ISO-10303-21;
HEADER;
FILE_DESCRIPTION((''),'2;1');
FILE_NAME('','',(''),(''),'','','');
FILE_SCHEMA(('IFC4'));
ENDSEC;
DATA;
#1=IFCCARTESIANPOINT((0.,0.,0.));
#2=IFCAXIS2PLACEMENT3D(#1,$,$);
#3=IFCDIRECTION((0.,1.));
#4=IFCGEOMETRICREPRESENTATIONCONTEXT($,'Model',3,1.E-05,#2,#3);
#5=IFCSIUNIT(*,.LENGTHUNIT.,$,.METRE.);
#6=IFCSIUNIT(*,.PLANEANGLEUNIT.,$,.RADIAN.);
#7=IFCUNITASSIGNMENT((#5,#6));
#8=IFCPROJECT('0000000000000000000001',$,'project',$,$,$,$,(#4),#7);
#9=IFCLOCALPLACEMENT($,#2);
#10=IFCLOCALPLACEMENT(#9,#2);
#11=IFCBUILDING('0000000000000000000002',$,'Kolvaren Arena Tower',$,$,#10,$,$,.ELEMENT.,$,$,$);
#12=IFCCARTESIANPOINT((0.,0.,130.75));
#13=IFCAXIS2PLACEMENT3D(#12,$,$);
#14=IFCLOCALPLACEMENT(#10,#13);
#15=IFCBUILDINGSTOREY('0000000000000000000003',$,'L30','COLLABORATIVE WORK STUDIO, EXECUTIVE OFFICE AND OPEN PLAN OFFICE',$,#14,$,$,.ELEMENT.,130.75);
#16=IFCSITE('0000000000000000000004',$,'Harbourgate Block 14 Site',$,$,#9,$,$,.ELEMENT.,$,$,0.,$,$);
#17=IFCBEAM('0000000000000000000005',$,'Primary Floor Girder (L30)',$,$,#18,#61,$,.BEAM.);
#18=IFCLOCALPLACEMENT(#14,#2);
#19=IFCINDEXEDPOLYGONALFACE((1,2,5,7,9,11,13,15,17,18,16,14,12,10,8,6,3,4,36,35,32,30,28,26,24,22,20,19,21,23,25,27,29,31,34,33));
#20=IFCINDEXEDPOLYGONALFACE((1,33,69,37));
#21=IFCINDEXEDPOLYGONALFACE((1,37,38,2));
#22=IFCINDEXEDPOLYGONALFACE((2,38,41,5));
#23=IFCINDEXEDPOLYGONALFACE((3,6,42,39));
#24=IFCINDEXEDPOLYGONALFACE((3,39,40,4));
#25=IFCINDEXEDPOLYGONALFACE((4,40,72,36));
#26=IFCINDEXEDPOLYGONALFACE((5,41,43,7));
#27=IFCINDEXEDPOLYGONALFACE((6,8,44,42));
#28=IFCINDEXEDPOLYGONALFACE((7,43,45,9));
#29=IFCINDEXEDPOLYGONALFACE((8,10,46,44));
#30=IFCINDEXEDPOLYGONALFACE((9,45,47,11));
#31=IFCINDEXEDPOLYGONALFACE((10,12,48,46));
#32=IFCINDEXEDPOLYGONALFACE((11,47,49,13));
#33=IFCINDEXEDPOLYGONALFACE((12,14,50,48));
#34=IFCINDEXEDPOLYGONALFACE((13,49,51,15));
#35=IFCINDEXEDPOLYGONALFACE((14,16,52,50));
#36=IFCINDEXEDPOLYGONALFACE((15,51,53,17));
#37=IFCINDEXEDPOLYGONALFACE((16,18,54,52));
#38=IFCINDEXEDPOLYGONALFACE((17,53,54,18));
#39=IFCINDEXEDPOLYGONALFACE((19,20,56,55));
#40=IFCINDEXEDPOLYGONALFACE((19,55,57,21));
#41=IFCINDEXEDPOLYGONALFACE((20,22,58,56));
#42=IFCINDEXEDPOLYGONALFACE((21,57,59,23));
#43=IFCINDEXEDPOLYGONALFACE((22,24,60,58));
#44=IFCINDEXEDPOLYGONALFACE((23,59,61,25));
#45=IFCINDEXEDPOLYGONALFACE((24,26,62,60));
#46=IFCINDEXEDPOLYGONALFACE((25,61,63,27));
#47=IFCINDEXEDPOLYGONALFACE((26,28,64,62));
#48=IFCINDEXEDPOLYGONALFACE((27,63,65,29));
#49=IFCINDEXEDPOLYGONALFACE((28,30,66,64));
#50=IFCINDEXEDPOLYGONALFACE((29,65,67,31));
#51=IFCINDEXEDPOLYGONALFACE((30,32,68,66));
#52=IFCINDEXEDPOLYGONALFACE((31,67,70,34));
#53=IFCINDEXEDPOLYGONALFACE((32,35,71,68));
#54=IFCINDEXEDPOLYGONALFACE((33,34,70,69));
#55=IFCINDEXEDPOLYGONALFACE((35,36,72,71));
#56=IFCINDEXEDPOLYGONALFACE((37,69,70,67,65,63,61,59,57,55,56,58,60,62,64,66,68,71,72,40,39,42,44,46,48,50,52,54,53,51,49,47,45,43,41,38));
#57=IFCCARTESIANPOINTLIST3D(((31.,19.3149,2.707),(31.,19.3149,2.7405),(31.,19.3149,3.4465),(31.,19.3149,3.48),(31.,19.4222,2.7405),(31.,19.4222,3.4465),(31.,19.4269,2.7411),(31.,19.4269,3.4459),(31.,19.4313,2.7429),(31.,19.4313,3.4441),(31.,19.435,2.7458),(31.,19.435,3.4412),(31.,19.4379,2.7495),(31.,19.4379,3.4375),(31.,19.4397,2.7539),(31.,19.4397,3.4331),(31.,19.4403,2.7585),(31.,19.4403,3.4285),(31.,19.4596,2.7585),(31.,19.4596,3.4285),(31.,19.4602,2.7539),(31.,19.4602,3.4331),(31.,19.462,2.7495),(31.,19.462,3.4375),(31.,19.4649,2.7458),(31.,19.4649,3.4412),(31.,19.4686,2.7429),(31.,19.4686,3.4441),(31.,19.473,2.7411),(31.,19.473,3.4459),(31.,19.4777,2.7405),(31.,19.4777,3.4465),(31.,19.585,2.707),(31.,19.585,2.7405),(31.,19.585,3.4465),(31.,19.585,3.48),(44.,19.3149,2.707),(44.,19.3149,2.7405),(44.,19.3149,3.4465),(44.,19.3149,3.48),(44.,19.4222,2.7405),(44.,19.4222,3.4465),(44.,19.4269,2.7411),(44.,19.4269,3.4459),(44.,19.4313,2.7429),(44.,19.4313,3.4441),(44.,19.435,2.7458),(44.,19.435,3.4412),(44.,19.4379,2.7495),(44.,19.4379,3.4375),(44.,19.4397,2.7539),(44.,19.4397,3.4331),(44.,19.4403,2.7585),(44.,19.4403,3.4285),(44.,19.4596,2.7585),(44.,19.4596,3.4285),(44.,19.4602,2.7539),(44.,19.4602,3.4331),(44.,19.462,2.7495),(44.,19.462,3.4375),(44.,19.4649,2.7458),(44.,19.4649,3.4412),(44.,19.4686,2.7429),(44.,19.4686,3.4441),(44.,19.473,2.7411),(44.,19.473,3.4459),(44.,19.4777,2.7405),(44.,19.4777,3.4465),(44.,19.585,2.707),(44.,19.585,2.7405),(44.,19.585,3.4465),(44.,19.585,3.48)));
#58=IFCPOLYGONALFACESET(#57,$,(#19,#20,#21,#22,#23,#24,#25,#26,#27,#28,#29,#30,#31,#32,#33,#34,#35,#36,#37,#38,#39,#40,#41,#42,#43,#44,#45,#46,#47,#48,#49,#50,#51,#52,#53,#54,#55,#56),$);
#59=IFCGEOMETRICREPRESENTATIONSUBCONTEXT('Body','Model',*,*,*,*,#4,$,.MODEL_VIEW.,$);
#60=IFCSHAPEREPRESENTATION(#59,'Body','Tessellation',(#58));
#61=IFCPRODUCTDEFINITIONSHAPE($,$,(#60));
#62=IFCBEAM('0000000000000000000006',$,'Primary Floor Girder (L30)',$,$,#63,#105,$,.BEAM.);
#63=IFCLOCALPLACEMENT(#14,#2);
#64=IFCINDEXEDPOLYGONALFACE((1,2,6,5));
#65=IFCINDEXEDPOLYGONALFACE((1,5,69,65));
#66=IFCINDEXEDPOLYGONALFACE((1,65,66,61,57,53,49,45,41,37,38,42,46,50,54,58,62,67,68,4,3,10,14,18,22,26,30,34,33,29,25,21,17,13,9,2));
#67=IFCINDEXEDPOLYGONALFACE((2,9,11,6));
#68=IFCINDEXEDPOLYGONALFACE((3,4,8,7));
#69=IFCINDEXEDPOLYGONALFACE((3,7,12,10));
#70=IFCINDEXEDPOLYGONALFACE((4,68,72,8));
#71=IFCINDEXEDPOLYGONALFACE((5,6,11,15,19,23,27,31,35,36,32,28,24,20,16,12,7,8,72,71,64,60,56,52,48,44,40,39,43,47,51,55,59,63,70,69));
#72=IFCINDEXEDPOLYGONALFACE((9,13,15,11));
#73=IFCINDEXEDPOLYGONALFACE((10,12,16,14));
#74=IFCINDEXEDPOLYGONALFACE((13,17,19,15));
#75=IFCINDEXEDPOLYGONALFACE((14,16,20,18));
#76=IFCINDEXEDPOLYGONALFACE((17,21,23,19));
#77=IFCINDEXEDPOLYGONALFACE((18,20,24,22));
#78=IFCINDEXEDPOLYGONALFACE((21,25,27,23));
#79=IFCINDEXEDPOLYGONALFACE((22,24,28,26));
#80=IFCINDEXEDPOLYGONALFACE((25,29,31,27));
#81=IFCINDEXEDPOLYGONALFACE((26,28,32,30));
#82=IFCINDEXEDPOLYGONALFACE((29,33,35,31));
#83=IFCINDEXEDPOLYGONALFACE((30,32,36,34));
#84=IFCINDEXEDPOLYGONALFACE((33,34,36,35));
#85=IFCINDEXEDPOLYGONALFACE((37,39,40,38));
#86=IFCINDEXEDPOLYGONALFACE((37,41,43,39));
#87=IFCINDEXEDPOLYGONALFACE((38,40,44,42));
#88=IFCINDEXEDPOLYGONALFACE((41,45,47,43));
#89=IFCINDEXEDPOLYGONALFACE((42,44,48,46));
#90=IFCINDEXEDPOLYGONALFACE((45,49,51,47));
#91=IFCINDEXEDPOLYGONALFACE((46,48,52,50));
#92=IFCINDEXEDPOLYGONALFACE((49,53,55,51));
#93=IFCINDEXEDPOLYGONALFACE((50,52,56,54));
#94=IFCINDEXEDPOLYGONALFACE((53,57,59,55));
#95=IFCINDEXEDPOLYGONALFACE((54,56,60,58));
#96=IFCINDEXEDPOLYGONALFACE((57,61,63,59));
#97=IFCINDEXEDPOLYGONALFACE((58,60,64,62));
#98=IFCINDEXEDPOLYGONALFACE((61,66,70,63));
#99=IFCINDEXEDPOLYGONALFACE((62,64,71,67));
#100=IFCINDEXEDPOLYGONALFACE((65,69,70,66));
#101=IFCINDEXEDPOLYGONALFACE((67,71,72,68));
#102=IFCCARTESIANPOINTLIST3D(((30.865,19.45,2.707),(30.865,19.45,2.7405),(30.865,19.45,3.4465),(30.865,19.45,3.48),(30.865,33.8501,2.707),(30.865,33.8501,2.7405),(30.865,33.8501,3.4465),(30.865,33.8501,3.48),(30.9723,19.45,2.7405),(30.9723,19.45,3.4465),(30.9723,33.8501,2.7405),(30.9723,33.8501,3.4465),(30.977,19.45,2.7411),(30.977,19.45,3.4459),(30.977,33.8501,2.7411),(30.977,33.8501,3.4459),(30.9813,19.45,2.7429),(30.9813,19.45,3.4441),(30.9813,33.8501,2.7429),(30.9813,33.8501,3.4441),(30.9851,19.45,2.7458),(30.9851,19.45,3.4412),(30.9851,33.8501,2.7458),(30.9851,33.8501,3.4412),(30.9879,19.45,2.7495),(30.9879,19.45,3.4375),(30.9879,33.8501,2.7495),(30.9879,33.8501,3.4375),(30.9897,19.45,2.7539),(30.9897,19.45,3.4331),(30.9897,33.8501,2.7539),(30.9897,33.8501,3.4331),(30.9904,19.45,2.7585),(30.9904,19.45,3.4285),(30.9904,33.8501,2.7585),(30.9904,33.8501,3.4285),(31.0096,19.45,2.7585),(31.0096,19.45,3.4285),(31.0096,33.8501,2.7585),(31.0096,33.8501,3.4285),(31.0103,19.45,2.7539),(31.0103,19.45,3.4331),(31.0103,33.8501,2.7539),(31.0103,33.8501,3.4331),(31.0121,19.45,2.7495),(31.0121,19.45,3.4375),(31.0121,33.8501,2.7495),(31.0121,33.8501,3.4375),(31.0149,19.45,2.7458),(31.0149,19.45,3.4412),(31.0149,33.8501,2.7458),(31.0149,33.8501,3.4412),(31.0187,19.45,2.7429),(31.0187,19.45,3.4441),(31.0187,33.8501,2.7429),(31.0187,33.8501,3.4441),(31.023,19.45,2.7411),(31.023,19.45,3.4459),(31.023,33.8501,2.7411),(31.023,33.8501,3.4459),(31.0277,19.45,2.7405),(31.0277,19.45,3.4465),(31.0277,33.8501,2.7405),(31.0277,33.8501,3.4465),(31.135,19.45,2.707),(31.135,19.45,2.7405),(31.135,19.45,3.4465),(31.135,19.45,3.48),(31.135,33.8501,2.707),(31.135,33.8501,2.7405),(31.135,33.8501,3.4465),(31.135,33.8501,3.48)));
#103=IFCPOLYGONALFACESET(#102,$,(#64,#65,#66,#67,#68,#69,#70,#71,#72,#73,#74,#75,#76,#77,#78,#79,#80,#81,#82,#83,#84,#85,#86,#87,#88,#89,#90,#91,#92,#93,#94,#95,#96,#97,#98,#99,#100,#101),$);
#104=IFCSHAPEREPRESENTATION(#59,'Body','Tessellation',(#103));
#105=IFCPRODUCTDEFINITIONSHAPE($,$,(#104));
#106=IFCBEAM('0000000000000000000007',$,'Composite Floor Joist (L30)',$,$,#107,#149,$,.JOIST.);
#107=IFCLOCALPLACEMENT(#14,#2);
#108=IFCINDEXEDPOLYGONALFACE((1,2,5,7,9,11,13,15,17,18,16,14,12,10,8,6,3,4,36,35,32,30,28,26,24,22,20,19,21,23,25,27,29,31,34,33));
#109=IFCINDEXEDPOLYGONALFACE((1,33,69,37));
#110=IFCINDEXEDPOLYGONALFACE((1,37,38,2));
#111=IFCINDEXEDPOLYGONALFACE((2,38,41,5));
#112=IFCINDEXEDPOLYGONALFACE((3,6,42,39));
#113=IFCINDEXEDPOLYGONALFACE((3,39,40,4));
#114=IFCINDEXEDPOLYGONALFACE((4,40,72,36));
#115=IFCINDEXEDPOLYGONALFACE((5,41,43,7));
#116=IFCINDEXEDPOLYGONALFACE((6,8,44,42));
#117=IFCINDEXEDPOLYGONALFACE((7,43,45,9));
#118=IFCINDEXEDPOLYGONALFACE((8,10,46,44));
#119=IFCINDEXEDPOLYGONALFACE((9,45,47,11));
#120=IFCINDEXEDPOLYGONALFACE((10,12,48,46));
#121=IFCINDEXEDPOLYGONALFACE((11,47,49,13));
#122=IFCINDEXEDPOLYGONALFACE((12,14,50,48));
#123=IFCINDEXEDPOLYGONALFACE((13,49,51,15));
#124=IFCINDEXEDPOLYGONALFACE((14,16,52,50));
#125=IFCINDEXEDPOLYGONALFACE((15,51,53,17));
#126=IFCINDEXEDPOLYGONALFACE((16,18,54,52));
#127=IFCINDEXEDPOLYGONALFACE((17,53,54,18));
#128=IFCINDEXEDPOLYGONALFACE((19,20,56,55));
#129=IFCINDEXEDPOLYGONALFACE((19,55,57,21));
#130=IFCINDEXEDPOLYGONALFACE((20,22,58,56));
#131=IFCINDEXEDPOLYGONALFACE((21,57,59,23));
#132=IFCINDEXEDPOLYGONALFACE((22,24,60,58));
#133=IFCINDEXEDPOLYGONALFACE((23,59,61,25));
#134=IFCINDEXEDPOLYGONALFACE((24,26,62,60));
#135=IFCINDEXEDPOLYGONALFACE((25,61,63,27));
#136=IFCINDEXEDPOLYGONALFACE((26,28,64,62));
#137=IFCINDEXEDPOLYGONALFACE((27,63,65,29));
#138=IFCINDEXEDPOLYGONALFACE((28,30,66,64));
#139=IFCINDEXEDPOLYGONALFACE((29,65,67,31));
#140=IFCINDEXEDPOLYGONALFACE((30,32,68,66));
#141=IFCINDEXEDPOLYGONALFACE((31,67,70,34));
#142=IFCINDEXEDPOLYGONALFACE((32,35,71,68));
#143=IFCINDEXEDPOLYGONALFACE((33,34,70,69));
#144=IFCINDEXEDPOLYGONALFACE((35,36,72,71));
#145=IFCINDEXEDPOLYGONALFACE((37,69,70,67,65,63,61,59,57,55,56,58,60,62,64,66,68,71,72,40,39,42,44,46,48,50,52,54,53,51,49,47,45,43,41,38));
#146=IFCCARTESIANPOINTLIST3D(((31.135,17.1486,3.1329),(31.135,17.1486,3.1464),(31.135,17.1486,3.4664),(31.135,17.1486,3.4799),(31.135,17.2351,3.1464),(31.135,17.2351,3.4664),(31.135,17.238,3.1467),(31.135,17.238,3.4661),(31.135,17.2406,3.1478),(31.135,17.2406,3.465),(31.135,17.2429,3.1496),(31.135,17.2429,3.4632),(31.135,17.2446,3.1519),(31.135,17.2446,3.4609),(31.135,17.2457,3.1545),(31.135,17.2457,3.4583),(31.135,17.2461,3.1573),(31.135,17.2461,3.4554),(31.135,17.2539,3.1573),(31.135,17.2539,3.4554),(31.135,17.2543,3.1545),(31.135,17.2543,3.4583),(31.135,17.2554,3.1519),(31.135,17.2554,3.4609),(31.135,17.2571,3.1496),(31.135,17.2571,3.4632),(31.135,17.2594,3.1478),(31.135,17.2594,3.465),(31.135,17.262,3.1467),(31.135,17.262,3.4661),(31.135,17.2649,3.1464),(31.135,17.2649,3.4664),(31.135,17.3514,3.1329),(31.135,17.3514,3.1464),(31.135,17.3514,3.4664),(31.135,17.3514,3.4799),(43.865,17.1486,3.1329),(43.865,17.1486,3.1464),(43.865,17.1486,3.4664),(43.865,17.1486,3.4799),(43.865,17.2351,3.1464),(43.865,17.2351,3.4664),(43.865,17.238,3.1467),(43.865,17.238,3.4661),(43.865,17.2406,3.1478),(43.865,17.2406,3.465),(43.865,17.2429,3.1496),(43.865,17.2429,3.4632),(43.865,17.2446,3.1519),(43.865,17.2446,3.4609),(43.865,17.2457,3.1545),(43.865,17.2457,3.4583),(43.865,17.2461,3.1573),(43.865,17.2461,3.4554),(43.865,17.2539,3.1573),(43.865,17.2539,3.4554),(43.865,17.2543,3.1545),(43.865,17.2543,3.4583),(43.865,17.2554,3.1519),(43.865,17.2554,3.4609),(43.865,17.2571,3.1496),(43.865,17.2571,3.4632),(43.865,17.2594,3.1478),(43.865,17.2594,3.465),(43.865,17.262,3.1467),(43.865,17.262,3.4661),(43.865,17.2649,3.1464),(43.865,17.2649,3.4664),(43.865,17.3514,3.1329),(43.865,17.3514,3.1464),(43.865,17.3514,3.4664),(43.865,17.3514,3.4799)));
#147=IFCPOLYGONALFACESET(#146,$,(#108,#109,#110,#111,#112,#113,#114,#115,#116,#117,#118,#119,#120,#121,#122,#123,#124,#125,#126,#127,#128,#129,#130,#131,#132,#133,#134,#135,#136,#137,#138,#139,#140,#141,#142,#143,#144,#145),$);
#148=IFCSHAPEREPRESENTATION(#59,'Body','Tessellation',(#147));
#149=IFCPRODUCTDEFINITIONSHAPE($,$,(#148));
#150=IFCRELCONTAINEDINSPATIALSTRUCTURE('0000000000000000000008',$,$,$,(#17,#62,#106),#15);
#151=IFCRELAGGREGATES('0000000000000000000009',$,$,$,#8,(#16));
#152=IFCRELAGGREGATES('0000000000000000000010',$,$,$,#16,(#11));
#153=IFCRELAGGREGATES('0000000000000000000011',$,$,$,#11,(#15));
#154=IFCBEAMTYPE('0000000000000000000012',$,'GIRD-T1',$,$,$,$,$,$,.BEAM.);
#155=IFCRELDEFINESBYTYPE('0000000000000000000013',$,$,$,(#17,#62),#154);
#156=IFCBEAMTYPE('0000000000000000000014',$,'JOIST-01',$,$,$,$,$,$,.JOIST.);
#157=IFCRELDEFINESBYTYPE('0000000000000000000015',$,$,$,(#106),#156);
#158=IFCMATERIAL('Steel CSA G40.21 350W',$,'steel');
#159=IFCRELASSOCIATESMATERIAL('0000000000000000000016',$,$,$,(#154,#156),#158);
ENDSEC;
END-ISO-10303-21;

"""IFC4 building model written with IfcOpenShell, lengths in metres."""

from ifc_helpers import new_model, si_unit, direction, frame, origin, origin_2d, place, context, subcontext, project, spatial, i_section, extrude, material, material_profile, profile_set, type_object, element, save


model = new_model("IFC4")

# Units and contexts
model_context = context("Model", 3, precision=1e-05, world=origin(), true_north=direction((0.0, 1.0)))
body_context = subcontext(model_context, "Body", "Model", "MODEL_VIEW")
ifc_project = project(units=[si_unit("LENGTHUNIT", "METRE"), si_unit("PLANEANGLEUNIT", "RADIAN")], contexts=[model_context])

# Site, building, storey
site_placement = place(None, origin())
site = spatial("IfcSite", under=ifc_project, at=site_placement, Name="Harbourgate Block 14 Site", CompositionType="ELEMENT", RefElevation=0.0)
building_placement = place(site_placement, origin())
building = spatial("IfcBuilding", under=site, at=building_placement, Name="Kolvaren Arena Tower", CompositionType="ELEMENT")
storey_placement = place(building_placement, frame((0.0, 0.0, 130.75)))
storey = spatial("IfcBuildingStorey", under=building, at=storey_placement, Name="L30", Description="COLLABORATIVE WORK STUDIO, EXECUTIVE OFFICE AND OPEN PLAN OFFICE", CompositionType="ELEMENT", Elevation=130.75)

# Beams
ifc_material_1 = material(Name="Steel CSA G40.21 350W", Category="steel")
ifc_material_profile_1 = material_profile(ifc_material_1, i_section(OverallWidth=0.27, OverallDepth=0.7729, WebThickness=0.0193, FlangeThickness=0.0334, FilletRadius=0.0181, at=origin_2d()), Name="W760x257")
ifc_profile_set_1 = profile_set([ifc_material_profile_1], Name="Steel CSA G40.21 350W")
beam_type_1 = type_object("IfcBeamType", Name="GIRD-T1", PredefinedType="BEAM", material=ifc_profile_set_1)
beam_1_placement = place(storey_placement, frame((31.0, 19.45, 3.0935), z_axis=(1.0, 0.0, 0.0), x_axis=(0.0, 1.0, 0.0)))
element("IfcBeam", 1, at=beam_1_placement, inside=storey, type_object=beam_type_1, Name="Primary Floor Girder (L30)", PredefinedType="BEAM", context=body_context, shape_type="SweptSolid", body=[
    extrude(i_section(OverallWidth=0.27, OverallDepth=0.7729, WebThickness=0.0193, FlangeThickness=0.0334, FilletRadius=0.0181, at=origin_2d()), origin(), (0.0, 0.0, 1.0), 13.0),
])
beam_2_placement = place(storey_placement, frame((31.0, 19.45, 3.0935), z_axis=(0.0, 1.0, 0.0), x_axis=(-1.0, 0.0, 0.0)))
element("IfcBeam", 2, at=beam_2_placement, inside=storey, type_object=beam_type_1, Name="Primary Floor Girder (L30)", PredefinedType="BEAM", context=body_context, shape_type="SweptSolid", body=[
    extrude(i_section(OverallWidth=0.27, OverallDepth=0.7729, WebThickness=0.0193, FlangeThickness=0.0334, FilletRadius=0.0181, at=origin_2d()), origin(), (0.0, 0.0, 1.0), 14.4001),
])
ifc_material_profile_2 = material_profile(ifc_material_1, i_section(OverallWidth=0.2029, OverallDepth=0.3469, WebThickness=0.0078, FlangeThickness=0.0134, FilletRadius=0.011, at=origin_2d()), Name="W360x64")
ifc_profile_set_2 = profile_set([ifc_material_profile_2], Name="Steel CSA G40.21 350W")
beam_type_2 = type_object("IfcBeamType", Name="JOIST-01", PredefinedType="JOIST", material=ifc_profile_set_2)
beam_3_placement = place(storey_placement, frame((31.135, 17.25, 3.3064), z_axis=(1.0, 0.0, 0.0), x_axis=(0.0, 1.0, 0.0)))
element("IfcBeam", 3, at=beam_3_placement, inside=storey, type_object=beam_type_2, Name="Composite Floor Joist (L30)", PredefinedType="JOIST", context=body_context, shape_type="SweptSolid", body=[
    extrude(i_section(OverallWidth=0.2029, OverallDepth=0.3469, WebThickness=0.0078, FlangeThickness=0.0134, FilletRadius=0.011, at=origin_2d()), origin(), (0.0, 0.0, 1.0), 12.73),
])

save(model, "model.ifc")
